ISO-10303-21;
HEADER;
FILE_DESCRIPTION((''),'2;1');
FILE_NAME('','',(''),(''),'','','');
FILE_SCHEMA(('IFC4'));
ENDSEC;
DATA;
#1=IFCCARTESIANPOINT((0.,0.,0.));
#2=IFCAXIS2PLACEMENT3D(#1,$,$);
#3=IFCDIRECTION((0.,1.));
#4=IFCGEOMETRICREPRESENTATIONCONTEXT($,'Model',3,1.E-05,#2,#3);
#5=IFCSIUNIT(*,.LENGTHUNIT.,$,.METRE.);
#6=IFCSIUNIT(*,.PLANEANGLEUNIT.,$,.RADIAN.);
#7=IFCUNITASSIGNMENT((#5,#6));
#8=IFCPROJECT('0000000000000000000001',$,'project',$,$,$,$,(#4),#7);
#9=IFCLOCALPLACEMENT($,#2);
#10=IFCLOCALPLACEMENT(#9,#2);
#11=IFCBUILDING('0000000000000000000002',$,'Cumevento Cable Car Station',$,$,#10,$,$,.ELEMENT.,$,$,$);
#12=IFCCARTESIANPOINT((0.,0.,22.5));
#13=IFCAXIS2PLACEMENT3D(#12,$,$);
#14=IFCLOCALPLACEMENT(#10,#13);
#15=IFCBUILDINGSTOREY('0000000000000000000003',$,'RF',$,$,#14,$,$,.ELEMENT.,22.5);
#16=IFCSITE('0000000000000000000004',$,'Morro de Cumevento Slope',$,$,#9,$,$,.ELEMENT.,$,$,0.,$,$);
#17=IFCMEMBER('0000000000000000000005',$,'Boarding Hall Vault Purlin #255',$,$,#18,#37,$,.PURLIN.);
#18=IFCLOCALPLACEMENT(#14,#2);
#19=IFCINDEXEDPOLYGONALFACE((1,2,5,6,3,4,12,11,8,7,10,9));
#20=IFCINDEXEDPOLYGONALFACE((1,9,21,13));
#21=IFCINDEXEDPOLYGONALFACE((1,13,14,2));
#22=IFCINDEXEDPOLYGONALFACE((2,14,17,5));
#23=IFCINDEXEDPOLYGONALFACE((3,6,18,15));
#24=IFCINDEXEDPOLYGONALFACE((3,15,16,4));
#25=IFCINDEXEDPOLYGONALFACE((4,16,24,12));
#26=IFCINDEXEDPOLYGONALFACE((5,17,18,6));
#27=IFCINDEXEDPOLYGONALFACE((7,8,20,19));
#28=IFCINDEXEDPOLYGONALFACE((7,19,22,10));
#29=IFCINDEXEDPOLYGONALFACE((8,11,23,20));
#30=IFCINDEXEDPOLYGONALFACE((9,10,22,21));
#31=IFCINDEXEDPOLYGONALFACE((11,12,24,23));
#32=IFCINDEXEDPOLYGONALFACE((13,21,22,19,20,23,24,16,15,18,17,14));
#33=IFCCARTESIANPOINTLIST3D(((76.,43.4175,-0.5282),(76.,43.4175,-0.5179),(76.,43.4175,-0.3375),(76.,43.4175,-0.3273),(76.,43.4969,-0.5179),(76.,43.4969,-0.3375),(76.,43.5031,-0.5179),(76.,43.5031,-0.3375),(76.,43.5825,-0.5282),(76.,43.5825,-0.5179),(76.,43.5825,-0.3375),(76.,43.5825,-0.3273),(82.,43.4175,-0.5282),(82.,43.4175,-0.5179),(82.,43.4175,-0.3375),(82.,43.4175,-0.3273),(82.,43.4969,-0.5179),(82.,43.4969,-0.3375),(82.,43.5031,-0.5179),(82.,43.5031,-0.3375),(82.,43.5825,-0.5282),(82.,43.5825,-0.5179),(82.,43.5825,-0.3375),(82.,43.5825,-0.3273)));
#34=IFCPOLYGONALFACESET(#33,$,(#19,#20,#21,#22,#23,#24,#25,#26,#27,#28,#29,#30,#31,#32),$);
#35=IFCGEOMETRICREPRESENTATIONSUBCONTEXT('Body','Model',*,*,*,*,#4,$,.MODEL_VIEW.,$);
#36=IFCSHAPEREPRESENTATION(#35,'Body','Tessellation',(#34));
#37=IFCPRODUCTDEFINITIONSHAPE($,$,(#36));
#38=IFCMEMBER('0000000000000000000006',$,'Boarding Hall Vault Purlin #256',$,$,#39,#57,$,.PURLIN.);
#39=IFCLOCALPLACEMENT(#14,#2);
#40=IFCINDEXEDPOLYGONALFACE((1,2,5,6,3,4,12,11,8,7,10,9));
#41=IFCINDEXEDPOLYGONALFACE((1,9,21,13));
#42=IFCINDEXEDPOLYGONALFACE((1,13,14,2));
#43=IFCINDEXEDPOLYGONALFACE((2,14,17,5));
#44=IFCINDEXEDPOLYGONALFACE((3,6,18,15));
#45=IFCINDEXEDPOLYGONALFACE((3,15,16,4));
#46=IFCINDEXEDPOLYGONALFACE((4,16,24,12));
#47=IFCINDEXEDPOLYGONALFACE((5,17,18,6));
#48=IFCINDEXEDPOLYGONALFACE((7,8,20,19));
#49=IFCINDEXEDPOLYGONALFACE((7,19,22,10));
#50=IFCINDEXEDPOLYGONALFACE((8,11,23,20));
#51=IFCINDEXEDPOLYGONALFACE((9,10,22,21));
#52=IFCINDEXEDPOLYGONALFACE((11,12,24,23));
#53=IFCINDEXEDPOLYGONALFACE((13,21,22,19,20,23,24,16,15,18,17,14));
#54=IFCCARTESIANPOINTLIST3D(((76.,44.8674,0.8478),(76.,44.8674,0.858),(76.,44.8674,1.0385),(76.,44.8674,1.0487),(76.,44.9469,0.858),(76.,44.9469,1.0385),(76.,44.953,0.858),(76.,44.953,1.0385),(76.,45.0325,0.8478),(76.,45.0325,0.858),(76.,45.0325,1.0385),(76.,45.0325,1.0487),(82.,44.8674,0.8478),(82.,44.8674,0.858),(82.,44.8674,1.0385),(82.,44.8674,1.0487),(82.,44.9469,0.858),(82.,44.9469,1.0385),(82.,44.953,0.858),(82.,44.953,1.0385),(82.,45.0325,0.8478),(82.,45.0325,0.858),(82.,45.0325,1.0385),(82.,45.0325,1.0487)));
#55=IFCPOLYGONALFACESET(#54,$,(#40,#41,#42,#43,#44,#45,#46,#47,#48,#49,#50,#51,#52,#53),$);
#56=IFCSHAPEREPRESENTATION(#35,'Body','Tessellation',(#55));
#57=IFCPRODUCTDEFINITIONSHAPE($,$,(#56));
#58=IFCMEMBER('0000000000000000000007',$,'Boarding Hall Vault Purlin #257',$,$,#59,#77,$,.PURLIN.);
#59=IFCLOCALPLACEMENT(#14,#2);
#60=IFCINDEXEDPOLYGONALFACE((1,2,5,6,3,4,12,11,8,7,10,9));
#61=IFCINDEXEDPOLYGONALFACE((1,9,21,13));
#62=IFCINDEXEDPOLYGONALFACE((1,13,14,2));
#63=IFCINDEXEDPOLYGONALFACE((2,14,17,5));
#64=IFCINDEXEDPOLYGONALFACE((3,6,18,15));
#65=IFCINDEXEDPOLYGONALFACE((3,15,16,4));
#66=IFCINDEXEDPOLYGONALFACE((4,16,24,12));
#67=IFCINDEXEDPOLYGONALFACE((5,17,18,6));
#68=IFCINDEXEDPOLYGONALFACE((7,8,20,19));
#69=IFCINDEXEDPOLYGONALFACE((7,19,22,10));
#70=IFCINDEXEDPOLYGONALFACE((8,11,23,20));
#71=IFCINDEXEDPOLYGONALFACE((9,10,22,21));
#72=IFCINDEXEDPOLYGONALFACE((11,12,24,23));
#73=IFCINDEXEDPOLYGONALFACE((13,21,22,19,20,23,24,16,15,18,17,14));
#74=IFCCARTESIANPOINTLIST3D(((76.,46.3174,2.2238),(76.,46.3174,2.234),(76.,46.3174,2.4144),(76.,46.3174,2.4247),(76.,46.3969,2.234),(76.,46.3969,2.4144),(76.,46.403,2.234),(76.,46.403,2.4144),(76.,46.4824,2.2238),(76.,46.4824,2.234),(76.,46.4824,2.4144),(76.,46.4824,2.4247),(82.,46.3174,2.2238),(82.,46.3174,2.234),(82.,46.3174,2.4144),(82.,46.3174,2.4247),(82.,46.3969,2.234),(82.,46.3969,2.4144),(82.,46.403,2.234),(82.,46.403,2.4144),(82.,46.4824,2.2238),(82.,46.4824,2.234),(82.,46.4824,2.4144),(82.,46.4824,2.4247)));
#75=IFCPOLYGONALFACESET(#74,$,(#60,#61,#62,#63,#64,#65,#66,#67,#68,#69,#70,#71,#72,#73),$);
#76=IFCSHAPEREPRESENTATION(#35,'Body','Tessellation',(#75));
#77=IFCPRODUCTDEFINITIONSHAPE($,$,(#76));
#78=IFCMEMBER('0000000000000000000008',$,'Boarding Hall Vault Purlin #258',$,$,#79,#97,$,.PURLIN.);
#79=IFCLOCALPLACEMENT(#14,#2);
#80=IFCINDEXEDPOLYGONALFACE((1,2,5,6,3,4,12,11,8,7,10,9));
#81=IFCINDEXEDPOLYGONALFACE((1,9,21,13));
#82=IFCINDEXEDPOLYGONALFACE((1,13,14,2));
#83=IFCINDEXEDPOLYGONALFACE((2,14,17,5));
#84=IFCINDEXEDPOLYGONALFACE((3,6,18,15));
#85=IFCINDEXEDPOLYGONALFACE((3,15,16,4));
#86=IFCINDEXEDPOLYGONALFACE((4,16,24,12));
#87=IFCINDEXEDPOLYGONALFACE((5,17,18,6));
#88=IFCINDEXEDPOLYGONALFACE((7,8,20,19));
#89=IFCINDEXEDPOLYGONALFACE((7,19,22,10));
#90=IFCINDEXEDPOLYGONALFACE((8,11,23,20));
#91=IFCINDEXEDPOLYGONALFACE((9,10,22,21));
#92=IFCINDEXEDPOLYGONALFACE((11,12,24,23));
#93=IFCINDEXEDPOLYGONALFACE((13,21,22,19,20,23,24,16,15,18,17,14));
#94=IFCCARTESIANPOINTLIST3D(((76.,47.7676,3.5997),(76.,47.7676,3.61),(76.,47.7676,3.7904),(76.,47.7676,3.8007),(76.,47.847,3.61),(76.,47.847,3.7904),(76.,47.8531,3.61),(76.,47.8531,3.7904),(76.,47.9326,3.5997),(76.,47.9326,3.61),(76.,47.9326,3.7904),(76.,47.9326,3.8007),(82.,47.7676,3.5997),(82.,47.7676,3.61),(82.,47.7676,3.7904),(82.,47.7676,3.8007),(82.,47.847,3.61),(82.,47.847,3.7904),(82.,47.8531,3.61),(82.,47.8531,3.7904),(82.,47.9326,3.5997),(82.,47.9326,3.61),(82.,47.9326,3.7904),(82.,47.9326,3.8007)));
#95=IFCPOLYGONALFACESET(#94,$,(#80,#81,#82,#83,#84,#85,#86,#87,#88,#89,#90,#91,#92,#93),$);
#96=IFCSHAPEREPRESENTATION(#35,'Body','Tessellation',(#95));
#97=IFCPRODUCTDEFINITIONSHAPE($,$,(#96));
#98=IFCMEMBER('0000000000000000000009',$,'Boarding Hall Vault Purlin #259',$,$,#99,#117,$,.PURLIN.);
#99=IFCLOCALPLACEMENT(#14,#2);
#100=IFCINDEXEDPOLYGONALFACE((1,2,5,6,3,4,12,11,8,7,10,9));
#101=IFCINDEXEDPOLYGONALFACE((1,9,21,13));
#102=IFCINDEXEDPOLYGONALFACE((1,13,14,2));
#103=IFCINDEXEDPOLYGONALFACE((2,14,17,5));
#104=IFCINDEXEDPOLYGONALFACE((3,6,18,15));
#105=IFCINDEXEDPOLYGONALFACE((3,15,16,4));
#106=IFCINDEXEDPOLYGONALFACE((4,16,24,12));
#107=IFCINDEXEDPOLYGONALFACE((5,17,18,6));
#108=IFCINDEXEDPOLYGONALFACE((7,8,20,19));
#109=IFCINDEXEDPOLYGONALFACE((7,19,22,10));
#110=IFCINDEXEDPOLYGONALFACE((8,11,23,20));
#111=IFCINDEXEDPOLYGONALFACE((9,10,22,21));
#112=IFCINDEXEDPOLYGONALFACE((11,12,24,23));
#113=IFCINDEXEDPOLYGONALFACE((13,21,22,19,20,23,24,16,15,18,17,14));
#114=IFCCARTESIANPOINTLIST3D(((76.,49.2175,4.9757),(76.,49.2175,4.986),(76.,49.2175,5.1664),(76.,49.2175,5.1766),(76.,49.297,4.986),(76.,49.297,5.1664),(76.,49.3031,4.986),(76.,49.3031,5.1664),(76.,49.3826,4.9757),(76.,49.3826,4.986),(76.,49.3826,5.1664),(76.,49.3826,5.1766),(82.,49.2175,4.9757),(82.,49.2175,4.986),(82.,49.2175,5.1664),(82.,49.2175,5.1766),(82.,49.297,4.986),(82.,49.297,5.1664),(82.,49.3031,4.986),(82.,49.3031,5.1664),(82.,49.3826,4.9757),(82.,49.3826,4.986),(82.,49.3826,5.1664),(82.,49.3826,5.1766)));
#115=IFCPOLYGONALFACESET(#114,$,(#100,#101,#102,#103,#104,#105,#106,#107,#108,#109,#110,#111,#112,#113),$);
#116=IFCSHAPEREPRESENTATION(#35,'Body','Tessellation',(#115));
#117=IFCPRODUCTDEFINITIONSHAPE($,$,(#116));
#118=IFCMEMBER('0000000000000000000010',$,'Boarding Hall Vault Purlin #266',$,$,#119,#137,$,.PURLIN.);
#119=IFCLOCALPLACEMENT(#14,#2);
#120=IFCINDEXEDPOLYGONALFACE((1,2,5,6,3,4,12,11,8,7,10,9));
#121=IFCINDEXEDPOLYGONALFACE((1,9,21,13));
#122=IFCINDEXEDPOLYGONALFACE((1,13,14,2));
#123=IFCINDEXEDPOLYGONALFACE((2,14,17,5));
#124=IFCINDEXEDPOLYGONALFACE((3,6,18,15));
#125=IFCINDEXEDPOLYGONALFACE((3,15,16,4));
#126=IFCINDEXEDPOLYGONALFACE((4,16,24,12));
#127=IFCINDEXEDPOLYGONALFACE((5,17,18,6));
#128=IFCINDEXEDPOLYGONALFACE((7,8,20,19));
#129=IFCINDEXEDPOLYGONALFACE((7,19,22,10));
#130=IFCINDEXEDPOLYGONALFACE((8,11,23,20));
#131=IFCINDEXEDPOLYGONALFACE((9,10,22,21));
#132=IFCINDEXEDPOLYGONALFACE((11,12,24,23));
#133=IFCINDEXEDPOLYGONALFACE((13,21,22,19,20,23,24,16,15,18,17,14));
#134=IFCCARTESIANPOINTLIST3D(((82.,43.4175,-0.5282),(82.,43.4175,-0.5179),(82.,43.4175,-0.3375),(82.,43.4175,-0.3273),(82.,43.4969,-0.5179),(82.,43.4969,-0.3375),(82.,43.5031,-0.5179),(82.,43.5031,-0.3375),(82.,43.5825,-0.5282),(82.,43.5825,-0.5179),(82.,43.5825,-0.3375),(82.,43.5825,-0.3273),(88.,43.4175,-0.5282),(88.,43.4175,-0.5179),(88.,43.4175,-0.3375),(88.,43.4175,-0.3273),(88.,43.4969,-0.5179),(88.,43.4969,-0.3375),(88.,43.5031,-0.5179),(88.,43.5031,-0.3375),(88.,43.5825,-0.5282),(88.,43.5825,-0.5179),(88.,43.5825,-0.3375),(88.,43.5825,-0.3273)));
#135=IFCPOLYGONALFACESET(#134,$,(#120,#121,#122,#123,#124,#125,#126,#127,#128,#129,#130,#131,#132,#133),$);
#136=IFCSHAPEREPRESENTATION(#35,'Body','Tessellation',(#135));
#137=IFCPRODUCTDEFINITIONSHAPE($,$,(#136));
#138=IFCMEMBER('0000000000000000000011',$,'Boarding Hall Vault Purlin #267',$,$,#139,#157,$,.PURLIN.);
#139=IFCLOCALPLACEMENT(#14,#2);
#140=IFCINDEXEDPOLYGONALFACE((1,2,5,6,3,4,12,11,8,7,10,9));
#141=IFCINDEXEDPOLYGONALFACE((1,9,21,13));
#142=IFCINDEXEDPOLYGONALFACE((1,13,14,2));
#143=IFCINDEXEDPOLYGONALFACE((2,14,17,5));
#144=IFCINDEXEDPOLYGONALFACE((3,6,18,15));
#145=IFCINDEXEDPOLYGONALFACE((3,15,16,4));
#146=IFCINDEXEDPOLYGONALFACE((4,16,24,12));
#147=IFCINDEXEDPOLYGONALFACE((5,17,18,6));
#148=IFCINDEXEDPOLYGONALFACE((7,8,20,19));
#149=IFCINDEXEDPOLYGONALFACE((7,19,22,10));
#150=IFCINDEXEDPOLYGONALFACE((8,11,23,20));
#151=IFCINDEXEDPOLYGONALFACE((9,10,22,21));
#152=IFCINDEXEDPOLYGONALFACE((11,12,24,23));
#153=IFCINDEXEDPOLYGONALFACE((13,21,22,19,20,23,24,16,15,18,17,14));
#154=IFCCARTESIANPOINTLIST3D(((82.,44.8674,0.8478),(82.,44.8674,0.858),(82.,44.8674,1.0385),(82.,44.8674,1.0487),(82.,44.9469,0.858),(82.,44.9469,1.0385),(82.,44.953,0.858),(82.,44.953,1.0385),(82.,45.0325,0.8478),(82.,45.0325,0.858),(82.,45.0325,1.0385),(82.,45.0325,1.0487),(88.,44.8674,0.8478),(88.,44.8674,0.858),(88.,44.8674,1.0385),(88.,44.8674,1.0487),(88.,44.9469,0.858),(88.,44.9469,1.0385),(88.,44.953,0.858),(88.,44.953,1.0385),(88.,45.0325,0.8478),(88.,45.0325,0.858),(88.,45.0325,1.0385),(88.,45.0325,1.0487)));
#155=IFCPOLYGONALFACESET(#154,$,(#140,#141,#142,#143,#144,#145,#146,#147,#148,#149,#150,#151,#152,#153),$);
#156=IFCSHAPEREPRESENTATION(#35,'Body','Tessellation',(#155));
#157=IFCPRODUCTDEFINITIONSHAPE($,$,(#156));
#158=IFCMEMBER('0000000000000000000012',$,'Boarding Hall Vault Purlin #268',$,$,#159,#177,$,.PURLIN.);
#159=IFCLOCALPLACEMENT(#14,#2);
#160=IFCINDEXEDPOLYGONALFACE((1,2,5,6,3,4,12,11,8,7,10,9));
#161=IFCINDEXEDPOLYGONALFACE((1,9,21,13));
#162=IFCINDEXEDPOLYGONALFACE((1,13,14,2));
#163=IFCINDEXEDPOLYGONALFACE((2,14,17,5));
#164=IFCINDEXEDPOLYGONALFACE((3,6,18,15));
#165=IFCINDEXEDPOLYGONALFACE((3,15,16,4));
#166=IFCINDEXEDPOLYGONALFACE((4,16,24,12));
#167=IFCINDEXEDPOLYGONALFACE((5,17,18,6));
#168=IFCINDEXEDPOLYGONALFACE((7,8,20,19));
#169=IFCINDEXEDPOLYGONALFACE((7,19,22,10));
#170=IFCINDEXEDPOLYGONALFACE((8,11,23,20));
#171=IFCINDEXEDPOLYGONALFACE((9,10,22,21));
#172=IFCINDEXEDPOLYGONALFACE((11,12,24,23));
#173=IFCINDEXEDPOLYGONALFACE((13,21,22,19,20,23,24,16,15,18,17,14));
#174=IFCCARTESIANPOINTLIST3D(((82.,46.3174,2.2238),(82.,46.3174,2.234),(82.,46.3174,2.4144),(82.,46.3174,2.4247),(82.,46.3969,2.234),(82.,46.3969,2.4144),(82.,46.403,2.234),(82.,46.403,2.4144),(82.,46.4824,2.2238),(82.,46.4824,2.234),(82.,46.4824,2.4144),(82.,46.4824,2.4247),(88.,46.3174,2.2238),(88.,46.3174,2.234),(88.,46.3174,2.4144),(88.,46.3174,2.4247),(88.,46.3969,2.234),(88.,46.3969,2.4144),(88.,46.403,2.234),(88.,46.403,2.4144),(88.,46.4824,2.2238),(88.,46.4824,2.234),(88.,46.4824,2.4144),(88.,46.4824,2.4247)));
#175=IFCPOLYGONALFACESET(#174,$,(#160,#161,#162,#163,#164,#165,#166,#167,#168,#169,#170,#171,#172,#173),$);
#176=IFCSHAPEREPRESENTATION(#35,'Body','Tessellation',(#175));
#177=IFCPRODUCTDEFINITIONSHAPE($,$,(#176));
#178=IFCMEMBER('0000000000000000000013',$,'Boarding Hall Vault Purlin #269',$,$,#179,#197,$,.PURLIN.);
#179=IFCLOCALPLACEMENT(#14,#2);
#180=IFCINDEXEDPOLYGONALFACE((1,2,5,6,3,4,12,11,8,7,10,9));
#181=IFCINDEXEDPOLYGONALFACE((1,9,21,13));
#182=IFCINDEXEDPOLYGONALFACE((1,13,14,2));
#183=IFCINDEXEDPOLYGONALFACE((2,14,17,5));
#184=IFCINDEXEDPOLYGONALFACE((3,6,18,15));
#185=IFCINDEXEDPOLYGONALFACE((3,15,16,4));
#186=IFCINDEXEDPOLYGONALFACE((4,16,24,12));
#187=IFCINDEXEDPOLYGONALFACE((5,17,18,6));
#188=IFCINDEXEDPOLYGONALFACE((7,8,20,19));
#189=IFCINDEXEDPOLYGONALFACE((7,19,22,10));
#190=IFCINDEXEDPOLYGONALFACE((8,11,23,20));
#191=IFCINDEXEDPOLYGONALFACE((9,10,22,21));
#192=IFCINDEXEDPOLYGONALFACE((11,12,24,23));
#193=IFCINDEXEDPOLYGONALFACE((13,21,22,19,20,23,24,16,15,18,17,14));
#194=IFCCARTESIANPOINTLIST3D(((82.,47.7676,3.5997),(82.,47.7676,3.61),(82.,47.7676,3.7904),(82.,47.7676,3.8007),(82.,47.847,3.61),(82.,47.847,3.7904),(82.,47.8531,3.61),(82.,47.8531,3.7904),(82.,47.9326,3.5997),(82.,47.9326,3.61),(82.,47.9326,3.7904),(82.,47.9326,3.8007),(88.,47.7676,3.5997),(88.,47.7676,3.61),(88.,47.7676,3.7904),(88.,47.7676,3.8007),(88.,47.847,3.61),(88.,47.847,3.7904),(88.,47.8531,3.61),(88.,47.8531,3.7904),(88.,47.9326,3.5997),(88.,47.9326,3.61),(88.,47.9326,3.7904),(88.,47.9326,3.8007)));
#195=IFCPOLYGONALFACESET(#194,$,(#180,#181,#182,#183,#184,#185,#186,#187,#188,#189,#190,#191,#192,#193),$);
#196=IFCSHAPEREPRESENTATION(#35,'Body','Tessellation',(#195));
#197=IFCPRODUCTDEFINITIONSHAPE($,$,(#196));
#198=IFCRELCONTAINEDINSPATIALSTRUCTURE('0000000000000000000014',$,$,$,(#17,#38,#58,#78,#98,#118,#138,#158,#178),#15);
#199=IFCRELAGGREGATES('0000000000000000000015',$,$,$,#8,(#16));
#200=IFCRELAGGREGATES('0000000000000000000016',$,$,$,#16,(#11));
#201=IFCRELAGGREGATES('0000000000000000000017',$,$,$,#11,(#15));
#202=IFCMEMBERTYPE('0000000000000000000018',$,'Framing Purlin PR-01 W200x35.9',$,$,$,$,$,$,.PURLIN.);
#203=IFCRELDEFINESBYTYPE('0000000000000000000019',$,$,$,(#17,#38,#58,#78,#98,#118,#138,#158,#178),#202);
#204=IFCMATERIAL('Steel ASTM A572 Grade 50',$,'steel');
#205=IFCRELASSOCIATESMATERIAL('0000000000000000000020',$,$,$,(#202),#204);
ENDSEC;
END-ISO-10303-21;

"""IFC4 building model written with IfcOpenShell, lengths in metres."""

from ifc_helpers import new_model, si_unit, direction, frame, origin, origin_2d, place, context, subcontext, project, spatial, i_section, extrude, material, material_profile, profile_set, type_object, element, save


model = new_model("IFC4")

# Units and contexts
model_context = context("Model", 3, precision=1e-05, world=origin(), true_north=direction((0.0, 1.0)))
body_context = subcontext(model_context, "Body", "Model", "MODEL_VIEW")
ifc_project = project(units=[si_unit("LENGTHUNIT", "METRE"), si_unit("PLANEANGLEUNIT", "RADIAN")], contexts=[model_context])

# Site, building, storey
site_placement = place(None, origin())
site = spatial("IfcSite", under=ifc_project, at=site_placement, Name="Morro de Cumevento Slope", CompositionType="ELEMENT", RefElevation=0.0)
building_placement = place(site_placement, origin())
building = spatial("IfcBuilding", under=site, at=building_placement, Name="Cumevento Cable Car Station", CompositionType="ELEMENT")
storey_placement = place(building_placement, frame((0.0, 0.0, 22.5)))
storey = spatial("IfcBuildingStorey", under=building, at=storey_placement, Name="RF", CompositionType="ELEMENT", Elevation=22.5)

# Members
ifc_material_1 = material(Name="Steel ASTM A572 Grade 50", Category="steel")
ifc_material_profile_1 = material_profile(ifc_material_1, i_section(OverallWidth=0.165, OverallDepth=0.2009, WebThickness=0.0061, FlangeThickness=0.0103, at=origin_2d()), Name="W200x35.9")
ifc_profile_set_1 = profile_set([ifc_material_profile_1], Name="Steel ASTM A572 Grade 50")
member_type_1 = type_object("IfcMemberType", Name="Framing Purlin PR-01 W200x35.9", PredefinedType="PURLIN", material=ifc_profile_set_1)
for number, where, z_axis, x_axis, name in (
    (1, (76.0, 43.5, -0.4277), (1.0, 0.0, 0.0), (0.0, 1.0, 0.0), "Boarding Hall Vault Purlin #255"),
    (2, (76.0, 44.95, 0.9482), (1.0, 0.0, 0.0), (0.0, 1.0, 0.0), "Boarding Hall Vault Purlin #256"),
    (3, (76.0, 46.3999, 2.3242), (1.0, 0.0, 0.0), (0.0, 1.0, 0.0), "Boarding Hall Vault Purlin #257"),
    (4, (76.0, 47.8501, 3.7002), (1.0, 0.0, 0.0), (0.0, 1.0, 0.0), "Boarding Hall Vault Purlin #258"),
    (5, (76.0, 49.3, 5.0762), (1.0, 0.0, 0.0), (0.0, 1.0, 0.0), "Boarding Hall Vault Purlin #259"),
    (6, (82.0, 43.5, -0.4277), (1.0, 0.0, 0.0), (0.0, 1.0, 0.0), "Boarding Hall Vault Purlin #266"),
    (7, (82.0, 44.95, 0.9482), (1.0, 0.0, 0.0), (0.0, 1.0, 0.0), "Boarding Hall Vault Purlin #267"),
    (8, (82.0, 46.3999, 2.3242), (1.0, 0.0, 0.0), (0.0, 1.0, 0.0), "Boarding Hall Vault Purlin #268"),
    (9, (82.0, 47.8501, 3.7002), (1.0, 0.0, 0.0), (0.0, 1.0, 0.0), "Boarding Hall Vault Purlin #269"),
):
    element("IfcMember", number, at=place(storey_placement, frame(where, z_axis=z_axis, x_axis=x_axis)), inside=storey, type_object=member_type_1, Name=name, PredefinedType="PURLIN", context=body_context, shape_type="SweptSolid", body=[
        extrude(i_section(OverallWidth=0.165, OverallDepth=0.2009, WebThickness=0.0061, FlangeThickness=0.0103, at=origin_2d()), origin(), (0.0, 0.0, 1.0), 6.0),
    ])

save(model, "model.ifc")
